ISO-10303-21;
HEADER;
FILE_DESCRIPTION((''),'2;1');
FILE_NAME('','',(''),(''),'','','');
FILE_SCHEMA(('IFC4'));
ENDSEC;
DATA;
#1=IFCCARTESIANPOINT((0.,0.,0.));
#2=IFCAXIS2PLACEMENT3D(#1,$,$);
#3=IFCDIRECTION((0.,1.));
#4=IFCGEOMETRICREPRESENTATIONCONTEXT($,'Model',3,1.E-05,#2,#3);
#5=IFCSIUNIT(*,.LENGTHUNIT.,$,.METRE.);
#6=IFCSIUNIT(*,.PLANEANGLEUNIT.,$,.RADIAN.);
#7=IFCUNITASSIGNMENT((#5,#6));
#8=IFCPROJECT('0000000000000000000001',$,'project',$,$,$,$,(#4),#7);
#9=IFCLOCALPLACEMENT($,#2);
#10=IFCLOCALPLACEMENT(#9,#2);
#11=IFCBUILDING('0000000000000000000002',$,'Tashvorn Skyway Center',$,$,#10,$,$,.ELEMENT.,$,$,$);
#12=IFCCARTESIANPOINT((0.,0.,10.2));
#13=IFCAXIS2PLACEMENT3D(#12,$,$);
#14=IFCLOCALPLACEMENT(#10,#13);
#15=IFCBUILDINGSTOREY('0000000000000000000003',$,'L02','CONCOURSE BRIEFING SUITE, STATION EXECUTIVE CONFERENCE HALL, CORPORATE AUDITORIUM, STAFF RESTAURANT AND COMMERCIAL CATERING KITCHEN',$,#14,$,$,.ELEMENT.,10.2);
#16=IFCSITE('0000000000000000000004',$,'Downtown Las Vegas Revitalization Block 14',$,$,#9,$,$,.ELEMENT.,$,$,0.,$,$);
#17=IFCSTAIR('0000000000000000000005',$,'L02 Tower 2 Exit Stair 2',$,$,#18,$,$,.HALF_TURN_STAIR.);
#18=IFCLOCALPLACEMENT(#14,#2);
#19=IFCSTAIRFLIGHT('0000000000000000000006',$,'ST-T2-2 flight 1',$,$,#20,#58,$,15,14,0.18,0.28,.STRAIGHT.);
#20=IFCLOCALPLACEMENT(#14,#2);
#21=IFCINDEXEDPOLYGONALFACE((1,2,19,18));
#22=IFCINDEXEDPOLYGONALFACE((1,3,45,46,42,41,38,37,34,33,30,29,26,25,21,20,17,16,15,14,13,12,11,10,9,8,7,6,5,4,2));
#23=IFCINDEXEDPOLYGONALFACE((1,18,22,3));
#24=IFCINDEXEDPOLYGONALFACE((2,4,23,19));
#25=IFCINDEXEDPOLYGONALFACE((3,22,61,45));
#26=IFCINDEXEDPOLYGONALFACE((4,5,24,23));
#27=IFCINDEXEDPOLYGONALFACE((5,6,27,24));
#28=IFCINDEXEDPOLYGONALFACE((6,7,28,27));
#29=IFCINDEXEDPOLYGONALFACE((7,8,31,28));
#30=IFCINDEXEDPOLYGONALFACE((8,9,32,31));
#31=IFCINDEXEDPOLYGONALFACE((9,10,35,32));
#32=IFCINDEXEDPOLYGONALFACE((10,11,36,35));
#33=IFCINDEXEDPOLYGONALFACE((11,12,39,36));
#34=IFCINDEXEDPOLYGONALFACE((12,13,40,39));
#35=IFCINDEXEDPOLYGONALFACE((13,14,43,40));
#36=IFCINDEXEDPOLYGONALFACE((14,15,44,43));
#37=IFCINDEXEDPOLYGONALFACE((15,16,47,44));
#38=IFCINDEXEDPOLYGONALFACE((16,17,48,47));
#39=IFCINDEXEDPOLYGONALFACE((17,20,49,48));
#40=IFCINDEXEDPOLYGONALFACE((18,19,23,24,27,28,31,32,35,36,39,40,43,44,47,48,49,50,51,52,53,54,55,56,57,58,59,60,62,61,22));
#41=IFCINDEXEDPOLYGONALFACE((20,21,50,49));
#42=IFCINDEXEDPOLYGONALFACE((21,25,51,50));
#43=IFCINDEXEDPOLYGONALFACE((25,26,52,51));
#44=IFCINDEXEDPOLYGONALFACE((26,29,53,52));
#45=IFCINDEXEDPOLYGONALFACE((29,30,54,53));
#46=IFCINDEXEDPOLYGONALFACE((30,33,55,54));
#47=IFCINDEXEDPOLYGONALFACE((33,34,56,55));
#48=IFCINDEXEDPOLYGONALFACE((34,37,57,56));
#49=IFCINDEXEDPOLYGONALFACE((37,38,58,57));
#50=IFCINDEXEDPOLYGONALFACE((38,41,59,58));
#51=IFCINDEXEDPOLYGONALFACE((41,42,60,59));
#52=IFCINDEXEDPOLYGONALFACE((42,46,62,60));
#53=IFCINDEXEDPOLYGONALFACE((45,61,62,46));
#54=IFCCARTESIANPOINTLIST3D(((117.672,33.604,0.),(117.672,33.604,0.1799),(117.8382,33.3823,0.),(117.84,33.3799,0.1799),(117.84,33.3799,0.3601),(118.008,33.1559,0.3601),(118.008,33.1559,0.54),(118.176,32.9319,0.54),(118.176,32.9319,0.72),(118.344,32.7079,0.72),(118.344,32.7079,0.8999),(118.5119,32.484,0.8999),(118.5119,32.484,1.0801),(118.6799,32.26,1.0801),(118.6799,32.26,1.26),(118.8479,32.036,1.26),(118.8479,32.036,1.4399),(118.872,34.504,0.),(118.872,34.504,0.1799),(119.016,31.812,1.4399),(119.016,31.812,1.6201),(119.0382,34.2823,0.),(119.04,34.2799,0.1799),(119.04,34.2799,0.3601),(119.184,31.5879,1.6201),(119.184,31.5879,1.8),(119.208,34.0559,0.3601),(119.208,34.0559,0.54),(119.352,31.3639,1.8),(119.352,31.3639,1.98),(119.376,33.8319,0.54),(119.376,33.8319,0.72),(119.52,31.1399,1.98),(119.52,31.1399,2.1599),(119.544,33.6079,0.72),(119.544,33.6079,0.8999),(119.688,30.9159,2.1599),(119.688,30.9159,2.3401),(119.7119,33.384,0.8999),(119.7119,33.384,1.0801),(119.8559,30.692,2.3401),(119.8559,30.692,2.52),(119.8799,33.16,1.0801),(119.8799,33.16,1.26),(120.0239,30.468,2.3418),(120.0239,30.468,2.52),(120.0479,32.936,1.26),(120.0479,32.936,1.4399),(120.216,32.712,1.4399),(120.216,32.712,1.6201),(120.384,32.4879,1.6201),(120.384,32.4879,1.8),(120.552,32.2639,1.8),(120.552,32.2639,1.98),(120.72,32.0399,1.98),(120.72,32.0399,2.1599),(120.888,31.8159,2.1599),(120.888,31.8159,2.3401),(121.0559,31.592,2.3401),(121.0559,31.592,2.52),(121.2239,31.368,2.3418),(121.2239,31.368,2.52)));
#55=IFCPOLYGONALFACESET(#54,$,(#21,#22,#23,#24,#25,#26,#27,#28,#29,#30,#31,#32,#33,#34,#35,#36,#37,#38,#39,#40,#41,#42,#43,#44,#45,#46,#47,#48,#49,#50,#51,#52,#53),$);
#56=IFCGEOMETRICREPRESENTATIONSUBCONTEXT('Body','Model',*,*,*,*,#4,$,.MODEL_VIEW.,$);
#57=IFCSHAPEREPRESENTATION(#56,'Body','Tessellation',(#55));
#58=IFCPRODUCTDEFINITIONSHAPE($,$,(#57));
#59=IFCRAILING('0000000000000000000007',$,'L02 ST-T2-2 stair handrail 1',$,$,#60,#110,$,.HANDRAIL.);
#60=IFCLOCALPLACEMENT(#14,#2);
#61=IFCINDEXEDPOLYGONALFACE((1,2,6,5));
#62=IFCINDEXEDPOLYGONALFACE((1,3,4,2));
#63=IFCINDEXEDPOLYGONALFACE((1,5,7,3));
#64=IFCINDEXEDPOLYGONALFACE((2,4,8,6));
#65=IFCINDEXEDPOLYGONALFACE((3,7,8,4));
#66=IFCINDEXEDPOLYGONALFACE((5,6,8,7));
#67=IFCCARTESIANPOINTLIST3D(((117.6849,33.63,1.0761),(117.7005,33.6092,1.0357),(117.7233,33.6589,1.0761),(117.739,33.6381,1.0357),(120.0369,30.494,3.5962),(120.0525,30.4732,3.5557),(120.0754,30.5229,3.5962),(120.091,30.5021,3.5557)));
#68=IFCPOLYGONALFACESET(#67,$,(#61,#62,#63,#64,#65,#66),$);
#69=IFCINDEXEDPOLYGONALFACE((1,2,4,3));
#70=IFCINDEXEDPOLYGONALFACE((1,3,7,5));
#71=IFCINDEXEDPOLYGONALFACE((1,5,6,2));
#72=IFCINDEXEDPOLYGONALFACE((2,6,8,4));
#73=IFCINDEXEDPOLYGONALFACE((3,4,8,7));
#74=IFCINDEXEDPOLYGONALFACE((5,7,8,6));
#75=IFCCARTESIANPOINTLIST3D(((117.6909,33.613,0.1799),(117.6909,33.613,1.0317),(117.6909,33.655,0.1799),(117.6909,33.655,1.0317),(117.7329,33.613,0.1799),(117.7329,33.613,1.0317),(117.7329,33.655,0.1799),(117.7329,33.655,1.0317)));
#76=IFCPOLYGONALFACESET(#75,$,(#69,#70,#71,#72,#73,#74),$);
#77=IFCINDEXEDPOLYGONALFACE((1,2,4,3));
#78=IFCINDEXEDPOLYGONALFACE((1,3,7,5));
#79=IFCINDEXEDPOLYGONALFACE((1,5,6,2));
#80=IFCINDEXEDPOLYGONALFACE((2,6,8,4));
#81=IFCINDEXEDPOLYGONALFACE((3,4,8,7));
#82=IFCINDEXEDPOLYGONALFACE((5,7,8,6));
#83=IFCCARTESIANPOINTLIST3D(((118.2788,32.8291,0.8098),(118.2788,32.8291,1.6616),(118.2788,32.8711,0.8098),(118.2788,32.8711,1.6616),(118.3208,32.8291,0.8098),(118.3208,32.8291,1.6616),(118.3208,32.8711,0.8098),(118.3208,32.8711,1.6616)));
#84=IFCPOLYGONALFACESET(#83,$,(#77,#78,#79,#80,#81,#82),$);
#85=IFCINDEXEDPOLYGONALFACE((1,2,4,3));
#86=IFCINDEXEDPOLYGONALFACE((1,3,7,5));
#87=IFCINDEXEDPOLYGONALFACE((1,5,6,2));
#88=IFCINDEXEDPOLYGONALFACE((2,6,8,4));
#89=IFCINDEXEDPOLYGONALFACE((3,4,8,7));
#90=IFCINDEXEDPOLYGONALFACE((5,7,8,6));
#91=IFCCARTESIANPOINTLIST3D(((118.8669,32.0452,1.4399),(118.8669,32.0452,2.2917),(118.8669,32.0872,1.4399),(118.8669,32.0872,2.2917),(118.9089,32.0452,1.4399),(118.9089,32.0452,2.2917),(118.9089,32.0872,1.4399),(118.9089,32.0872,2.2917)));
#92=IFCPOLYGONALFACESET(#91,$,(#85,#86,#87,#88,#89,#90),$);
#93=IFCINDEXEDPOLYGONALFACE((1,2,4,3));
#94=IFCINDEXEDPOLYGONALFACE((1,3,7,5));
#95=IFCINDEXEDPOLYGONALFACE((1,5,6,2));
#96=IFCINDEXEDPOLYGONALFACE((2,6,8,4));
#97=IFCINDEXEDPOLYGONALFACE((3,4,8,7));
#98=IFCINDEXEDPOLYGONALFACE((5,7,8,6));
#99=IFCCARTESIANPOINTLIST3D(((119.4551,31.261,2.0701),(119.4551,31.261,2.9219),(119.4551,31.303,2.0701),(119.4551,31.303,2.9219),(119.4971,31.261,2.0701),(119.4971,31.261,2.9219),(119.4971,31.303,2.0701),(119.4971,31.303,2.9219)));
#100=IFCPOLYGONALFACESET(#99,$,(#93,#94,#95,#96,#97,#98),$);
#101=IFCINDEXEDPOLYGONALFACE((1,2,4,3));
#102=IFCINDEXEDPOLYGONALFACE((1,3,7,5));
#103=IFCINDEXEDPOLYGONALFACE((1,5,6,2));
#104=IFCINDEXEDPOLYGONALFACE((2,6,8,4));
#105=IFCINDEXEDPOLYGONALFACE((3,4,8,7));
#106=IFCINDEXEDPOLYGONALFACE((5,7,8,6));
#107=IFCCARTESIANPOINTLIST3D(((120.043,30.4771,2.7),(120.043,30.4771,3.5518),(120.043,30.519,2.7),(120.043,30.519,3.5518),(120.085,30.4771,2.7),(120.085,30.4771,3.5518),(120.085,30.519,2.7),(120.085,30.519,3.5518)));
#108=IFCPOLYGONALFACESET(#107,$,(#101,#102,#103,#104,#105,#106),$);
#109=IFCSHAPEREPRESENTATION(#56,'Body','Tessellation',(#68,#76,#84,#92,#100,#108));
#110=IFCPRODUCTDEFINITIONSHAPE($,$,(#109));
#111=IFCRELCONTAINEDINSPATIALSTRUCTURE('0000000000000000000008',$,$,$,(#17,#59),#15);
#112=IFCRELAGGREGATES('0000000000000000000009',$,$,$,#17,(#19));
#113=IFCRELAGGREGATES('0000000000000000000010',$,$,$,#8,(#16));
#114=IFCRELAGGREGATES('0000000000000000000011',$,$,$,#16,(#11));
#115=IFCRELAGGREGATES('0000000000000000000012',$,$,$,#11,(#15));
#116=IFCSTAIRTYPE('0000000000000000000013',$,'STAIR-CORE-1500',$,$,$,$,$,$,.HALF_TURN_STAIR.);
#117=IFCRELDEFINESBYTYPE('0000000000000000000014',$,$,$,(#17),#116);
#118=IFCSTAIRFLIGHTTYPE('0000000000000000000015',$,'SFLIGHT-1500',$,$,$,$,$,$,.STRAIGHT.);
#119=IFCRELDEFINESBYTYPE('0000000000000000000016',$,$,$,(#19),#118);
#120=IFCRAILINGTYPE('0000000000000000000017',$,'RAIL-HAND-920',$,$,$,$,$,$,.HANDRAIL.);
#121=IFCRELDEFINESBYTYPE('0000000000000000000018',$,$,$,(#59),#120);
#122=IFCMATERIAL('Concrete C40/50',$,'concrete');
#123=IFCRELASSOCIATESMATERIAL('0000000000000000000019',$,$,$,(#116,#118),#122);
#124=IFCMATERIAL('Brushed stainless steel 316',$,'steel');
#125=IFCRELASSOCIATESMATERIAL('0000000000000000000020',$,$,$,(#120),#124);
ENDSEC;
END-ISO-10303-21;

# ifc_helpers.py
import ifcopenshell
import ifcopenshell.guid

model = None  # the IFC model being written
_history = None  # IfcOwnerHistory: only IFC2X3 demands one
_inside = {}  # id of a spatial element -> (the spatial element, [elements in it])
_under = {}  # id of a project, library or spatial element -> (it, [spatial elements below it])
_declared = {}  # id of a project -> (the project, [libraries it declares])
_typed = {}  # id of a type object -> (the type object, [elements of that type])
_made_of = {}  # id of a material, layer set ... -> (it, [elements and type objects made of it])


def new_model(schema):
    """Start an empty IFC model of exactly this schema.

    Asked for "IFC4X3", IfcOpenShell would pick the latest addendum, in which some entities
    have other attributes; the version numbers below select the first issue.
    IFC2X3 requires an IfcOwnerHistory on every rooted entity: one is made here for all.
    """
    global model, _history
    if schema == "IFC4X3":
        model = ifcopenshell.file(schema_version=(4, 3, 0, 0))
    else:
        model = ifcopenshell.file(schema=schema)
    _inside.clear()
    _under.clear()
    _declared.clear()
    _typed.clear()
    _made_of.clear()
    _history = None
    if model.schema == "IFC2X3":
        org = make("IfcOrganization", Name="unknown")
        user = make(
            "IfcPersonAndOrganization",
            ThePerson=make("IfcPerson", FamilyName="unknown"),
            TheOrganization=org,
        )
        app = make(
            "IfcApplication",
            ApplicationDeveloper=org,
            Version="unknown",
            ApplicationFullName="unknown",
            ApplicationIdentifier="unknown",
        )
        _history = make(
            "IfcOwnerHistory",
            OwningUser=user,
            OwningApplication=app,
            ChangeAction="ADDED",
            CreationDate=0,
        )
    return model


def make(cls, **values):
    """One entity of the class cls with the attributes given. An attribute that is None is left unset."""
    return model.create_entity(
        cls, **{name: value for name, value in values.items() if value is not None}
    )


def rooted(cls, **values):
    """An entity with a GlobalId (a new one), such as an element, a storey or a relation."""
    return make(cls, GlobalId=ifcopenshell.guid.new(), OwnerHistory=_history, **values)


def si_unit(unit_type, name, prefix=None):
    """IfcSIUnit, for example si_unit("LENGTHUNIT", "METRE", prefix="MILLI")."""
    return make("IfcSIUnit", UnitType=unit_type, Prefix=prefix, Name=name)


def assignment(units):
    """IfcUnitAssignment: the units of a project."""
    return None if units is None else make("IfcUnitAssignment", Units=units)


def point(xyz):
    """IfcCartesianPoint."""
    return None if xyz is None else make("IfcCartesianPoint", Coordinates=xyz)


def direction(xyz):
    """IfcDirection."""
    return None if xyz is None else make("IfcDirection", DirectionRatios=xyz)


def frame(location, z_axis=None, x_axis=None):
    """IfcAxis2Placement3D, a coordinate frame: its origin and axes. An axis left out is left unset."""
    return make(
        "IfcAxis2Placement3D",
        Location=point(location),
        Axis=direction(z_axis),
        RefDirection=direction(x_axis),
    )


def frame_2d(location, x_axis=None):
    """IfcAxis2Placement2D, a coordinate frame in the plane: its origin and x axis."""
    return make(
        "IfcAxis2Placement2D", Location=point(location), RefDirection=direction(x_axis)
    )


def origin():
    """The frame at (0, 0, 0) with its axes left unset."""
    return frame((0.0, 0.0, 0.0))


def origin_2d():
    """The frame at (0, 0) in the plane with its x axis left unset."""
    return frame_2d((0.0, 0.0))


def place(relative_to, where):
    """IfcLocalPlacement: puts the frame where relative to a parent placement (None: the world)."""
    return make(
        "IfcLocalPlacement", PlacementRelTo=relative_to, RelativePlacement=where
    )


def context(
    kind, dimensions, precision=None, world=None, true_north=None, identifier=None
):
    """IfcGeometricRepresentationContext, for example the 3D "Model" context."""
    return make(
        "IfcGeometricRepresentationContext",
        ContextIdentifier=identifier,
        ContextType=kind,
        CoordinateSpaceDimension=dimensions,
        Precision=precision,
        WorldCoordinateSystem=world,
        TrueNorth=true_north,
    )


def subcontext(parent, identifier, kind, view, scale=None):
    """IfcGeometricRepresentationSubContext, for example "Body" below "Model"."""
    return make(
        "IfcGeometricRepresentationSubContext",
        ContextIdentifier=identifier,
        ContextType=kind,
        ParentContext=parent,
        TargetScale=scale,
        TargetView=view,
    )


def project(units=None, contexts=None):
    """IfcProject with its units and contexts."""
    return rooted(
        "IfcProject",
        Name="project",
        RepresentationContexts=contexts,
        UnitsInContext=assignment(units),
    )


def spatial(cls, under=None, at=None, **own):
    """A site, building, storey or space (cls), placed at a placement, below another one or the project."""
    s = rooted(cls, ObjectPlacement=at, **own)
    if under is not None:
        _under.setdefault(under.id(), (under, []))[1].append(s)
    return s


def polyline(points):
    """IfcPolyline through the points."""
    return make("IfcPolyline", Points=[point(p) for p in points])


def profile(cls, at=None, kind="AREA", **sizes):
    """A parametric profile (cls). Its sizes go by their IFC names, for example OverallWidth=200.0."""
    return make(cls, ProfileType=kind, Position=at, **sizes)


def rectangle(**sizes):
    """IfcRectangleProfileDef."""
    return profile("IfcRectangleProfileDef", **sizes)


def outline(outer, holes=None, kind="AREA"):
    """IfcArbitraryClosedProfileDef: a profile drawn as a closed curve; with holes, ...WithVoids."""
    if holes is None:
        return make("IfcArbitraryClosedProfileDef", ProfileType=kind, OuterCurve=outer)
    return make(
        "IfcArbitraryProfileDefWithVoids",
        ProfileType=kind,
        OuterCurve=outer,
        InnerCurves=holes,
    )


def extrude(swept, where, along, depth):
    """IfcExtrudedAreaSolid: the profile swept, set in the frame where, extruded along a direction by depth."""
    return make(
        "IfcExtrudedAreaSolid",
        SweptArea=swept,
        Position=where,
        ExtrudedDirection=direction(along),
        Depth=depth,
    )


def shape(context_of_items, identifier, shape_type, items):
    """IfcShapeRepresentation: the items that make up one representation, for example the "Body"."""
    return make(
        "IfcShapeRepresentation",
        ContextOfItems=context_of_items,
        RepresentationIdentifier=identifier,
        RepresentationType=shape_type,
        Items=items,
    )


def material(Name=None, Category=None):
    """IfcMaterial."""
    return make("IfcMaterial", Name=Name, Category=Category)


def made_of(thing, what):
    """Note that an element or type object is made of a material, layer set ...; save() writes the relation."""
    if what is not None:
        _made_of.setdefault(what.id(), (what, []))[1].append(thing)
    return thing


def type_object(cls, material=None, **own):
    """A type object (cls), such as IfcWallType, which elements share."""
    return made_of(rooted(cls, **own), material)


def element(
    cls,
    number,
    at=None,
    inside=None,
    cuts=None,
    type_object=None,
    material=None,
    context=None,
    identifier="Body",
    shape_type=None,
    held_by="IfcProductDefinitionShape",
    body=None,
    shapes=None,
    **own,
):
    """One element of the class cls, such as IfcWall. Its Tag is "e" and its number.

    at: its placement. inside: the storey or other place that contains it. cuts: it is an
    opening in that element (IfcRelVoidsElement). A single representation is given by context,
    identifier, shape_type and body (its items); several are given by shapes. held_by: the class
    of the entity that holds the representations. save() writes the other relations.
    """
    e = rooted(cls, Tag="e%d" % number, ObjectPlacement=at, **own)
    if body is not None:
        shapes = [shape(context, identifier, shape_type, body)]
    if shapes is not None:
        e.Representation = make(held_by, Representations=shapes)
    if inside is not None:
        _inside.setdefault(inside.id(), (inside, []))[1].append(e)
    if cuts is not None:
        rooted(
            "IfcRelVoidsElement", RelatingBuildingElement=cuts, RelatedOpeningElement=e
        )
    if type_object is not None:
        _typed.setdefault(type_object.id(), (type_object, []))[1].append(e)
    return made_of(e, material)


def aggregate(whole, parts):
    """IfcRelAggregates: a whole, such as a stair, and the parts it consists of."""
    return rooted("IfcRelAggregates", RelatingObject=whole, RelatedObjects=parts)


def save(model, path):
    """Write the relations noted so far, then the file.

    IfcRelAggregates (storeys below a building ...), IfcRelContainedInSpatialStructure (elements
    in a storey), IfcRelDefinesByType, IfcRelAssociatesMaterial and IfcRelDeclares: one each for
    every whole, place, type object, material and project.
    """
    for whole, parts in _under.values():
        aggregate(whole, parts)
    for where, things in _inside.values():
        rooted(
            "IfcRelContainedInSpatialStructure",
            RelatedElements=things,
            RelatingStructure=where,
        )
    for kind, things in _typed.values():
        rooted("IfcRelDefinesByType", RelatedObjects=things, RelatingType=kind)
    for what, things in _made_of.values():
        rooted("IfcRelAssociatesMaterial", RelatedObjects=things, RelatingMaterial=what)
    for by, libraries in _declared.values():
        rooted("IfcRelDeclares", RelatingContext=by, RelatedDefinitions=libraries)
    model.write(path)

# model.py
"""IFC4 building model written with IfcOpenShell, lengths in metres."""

from ifc_helpers import new_model, si_unit, direction, frame, origin, origin_2d, place, context, subcontext, project, spatial, polyline, rectangle, outline, extrude, material, type_object, element, aggregate, save


model = new_model("IFC4")

# Units and contexts
model_context = context("Model", 3, precision=1e-05, world=origin(), true_north=direction((0.0, 1.0)))
body_context = subcontext(model_context, "Body", "Model", "MODEL_VIEW")
ifc_project = project(units=[si_unit("LENGTHUNIT", "METRE"), si_unit("PLANEANGLEUNIT", "RADIAN")], contexts=[model_context])

# Site, building, storey
site_placement = place(None, origin())
site = spatial("IfcSite", under=ifc_project, at=site_placement, Name="Downtown Las Vegas Revitalization Block 14", CompositionType="ELEMENT", RefElevation=0.0)
building_placement = place(site_placement, origin())
building = spatial("IfcBuilding", under=site, at=building_placement, Name="Tashvorn Skyway Center", CompositionType="ELEMENT")
storey_placement = place(building_placement, frame((0.0, 0.0, 10.2)))
storey = spatial("IfcBuildingStorey", under=building, at=storey_placement, Name="L02", Description="CONCOURSE BRIEFING SUITE, STATION EXECUTIVE CONFERENCE HALL, CORPORATE AUDITORIUM, STAFF RESTAURANT AND COMMERCIAL CATERING KITCHEN", CompositionType="ELEMENT", Elevation=10.2)

# Shared definitions
ifc_material_1 = material(Name="Concrete C40/50", Category="concrete")

# Stair, stair flight
stair_type = type_object("IfcStairType", Name="STAIR-CORE-1500", PredefinedType="HALF_TURN_STAIR", material=ifc_material_1)
stair_placement = place(storey_placement, origin())
stair = element("IfcStair", 1, at=stair_placement, inside=storey, type_object=stair_type, Name="L02 Tower 2 Exit Stair 2", PredefinedType="HALF_TURN_STAIR")
stair_flight_type = type_object("IfcStairFlightType", Name="SFLIGHT-1500", PredefinedType="STRAIGHT", material=ifc_material_1)
stair_flight_placement = place(storey_placement, frame((118.272, 34.054, 0.0), z_axis=(0.0, 0.0, 1.0), x_axis=(0.6, -0.8, 0.0)))
stair_flight = element("IfcStairFlight", 2, at=stair_flight_placement, type_object=stair_flight_type, Name="ST-T2-2 flight 1", NumberOfRisers=15, NumberOfTreads=14, PredefinedType="STRAIGHT", RiserHeight=0.18, TreadLength=0.28, context=body_context, shape_type="SweptSolid", body=[
    extrude(outline(polyline([(0.0, 0.0), (0.0, 0.1799), (0.28, 0.1799), (0.28, 0.3601), (0.5601, 0.3601), (0.5601, 0.54), (0.8401, 0.54), (0.8401, 0.72), (1.1201, 0.72), (1.1201, 0.8999), (1.3999, 0.8999), (1.3999, 1.0801), (1.6799, 1.0801), (1.6799, 1.26), (1.96, 1.26), (1.96, 1.4399), (2.24, 1.4399), (2.24, 1.6201), (2.52, 1.6201), (2.52, 1.8), (2.8, 1.8), (2.8, 1.98), (3.0801, 1.98), (3.0801, 2.1599), (3.3601, 2.1599), (3.3601, 2.3401), (3.6399, 2.3401), (3.6399, 2.52), (3.9199, 2.52), (3.9199, 2.7), (3.9199, 2.3418), (0.2771, 0.0), (0.0, 0.0)])), frame((0.0, 0.75, 0.0), z_axis=(0.0, -1.0, 0.0), x_axis=(1.0, 0.0, 0.0)), (0.0, 0.0, 1.0), 1.5),
])
aggregate(stair, [stair_flight])

# Railing
ifc_material_2 = material(Name="Brushed stainless steel 316", Category="steel")
railing_type = type_object("IfcRailingType", Name="RAIL-HAND-920", PredefinedType="HANDRAIL", material=ifc_material_2)
railing_placement = place(storey_placement, frame((117.7119, 33.634, 0.1799)))
element("IfcRailing", 3, at=railing_placement, inside=storey, type_object=railing_type, Name="L02 ST-T2-2 stair handrail 1", PredefinedType="HANDRAIL", context=body_context, shape_type="SweptSolid", body=[
    extrude(rectangle(XDim=0.0481, YDim=0.0481, at=origin_2d()), frame((0.0, 0.0, 0.876), z_axis=(0.504715, -0.672936, 0.540759), x_axis=(0.799993, 0.60001, 0.0)), (0.0, 0.0, 1.0), 4.6602),
    extrude(rectangle(XDim=0.042, YDim=0.042, at=origin_2d()), origin(), (0.0, 0.0, 1.0), 0.8518),
    extrude(rectangle(XDim=0.042, YDim=0.042, at=origin_2d()), frame((0.5879, -0.7839, 0.6299)), (0.0, 0.0, 1.0), 0.8518),
    extrude(rectangle(XDim=0.042, YDim=0.042, at=origin_2d()), frame((1.176, -1.5679, 1.26)), (0.0, 0.0, 1.0), 0.8518),
    extrude(rectangle(XDim=0.042, YDim=0.042, at=origin_2d()), frame((1.7642, -2.3521, 1.8901)), (0.0, 0.0, 1.0), 0.8518),
    extrude(rectangle(XDim=0.042, YDim=0.042, at=origin_2d()), frame((2.3521, -3.136, 2.52)), (0.0, 0.0, 1.0), 0.8518),
])

save(model, "model.ifc")
